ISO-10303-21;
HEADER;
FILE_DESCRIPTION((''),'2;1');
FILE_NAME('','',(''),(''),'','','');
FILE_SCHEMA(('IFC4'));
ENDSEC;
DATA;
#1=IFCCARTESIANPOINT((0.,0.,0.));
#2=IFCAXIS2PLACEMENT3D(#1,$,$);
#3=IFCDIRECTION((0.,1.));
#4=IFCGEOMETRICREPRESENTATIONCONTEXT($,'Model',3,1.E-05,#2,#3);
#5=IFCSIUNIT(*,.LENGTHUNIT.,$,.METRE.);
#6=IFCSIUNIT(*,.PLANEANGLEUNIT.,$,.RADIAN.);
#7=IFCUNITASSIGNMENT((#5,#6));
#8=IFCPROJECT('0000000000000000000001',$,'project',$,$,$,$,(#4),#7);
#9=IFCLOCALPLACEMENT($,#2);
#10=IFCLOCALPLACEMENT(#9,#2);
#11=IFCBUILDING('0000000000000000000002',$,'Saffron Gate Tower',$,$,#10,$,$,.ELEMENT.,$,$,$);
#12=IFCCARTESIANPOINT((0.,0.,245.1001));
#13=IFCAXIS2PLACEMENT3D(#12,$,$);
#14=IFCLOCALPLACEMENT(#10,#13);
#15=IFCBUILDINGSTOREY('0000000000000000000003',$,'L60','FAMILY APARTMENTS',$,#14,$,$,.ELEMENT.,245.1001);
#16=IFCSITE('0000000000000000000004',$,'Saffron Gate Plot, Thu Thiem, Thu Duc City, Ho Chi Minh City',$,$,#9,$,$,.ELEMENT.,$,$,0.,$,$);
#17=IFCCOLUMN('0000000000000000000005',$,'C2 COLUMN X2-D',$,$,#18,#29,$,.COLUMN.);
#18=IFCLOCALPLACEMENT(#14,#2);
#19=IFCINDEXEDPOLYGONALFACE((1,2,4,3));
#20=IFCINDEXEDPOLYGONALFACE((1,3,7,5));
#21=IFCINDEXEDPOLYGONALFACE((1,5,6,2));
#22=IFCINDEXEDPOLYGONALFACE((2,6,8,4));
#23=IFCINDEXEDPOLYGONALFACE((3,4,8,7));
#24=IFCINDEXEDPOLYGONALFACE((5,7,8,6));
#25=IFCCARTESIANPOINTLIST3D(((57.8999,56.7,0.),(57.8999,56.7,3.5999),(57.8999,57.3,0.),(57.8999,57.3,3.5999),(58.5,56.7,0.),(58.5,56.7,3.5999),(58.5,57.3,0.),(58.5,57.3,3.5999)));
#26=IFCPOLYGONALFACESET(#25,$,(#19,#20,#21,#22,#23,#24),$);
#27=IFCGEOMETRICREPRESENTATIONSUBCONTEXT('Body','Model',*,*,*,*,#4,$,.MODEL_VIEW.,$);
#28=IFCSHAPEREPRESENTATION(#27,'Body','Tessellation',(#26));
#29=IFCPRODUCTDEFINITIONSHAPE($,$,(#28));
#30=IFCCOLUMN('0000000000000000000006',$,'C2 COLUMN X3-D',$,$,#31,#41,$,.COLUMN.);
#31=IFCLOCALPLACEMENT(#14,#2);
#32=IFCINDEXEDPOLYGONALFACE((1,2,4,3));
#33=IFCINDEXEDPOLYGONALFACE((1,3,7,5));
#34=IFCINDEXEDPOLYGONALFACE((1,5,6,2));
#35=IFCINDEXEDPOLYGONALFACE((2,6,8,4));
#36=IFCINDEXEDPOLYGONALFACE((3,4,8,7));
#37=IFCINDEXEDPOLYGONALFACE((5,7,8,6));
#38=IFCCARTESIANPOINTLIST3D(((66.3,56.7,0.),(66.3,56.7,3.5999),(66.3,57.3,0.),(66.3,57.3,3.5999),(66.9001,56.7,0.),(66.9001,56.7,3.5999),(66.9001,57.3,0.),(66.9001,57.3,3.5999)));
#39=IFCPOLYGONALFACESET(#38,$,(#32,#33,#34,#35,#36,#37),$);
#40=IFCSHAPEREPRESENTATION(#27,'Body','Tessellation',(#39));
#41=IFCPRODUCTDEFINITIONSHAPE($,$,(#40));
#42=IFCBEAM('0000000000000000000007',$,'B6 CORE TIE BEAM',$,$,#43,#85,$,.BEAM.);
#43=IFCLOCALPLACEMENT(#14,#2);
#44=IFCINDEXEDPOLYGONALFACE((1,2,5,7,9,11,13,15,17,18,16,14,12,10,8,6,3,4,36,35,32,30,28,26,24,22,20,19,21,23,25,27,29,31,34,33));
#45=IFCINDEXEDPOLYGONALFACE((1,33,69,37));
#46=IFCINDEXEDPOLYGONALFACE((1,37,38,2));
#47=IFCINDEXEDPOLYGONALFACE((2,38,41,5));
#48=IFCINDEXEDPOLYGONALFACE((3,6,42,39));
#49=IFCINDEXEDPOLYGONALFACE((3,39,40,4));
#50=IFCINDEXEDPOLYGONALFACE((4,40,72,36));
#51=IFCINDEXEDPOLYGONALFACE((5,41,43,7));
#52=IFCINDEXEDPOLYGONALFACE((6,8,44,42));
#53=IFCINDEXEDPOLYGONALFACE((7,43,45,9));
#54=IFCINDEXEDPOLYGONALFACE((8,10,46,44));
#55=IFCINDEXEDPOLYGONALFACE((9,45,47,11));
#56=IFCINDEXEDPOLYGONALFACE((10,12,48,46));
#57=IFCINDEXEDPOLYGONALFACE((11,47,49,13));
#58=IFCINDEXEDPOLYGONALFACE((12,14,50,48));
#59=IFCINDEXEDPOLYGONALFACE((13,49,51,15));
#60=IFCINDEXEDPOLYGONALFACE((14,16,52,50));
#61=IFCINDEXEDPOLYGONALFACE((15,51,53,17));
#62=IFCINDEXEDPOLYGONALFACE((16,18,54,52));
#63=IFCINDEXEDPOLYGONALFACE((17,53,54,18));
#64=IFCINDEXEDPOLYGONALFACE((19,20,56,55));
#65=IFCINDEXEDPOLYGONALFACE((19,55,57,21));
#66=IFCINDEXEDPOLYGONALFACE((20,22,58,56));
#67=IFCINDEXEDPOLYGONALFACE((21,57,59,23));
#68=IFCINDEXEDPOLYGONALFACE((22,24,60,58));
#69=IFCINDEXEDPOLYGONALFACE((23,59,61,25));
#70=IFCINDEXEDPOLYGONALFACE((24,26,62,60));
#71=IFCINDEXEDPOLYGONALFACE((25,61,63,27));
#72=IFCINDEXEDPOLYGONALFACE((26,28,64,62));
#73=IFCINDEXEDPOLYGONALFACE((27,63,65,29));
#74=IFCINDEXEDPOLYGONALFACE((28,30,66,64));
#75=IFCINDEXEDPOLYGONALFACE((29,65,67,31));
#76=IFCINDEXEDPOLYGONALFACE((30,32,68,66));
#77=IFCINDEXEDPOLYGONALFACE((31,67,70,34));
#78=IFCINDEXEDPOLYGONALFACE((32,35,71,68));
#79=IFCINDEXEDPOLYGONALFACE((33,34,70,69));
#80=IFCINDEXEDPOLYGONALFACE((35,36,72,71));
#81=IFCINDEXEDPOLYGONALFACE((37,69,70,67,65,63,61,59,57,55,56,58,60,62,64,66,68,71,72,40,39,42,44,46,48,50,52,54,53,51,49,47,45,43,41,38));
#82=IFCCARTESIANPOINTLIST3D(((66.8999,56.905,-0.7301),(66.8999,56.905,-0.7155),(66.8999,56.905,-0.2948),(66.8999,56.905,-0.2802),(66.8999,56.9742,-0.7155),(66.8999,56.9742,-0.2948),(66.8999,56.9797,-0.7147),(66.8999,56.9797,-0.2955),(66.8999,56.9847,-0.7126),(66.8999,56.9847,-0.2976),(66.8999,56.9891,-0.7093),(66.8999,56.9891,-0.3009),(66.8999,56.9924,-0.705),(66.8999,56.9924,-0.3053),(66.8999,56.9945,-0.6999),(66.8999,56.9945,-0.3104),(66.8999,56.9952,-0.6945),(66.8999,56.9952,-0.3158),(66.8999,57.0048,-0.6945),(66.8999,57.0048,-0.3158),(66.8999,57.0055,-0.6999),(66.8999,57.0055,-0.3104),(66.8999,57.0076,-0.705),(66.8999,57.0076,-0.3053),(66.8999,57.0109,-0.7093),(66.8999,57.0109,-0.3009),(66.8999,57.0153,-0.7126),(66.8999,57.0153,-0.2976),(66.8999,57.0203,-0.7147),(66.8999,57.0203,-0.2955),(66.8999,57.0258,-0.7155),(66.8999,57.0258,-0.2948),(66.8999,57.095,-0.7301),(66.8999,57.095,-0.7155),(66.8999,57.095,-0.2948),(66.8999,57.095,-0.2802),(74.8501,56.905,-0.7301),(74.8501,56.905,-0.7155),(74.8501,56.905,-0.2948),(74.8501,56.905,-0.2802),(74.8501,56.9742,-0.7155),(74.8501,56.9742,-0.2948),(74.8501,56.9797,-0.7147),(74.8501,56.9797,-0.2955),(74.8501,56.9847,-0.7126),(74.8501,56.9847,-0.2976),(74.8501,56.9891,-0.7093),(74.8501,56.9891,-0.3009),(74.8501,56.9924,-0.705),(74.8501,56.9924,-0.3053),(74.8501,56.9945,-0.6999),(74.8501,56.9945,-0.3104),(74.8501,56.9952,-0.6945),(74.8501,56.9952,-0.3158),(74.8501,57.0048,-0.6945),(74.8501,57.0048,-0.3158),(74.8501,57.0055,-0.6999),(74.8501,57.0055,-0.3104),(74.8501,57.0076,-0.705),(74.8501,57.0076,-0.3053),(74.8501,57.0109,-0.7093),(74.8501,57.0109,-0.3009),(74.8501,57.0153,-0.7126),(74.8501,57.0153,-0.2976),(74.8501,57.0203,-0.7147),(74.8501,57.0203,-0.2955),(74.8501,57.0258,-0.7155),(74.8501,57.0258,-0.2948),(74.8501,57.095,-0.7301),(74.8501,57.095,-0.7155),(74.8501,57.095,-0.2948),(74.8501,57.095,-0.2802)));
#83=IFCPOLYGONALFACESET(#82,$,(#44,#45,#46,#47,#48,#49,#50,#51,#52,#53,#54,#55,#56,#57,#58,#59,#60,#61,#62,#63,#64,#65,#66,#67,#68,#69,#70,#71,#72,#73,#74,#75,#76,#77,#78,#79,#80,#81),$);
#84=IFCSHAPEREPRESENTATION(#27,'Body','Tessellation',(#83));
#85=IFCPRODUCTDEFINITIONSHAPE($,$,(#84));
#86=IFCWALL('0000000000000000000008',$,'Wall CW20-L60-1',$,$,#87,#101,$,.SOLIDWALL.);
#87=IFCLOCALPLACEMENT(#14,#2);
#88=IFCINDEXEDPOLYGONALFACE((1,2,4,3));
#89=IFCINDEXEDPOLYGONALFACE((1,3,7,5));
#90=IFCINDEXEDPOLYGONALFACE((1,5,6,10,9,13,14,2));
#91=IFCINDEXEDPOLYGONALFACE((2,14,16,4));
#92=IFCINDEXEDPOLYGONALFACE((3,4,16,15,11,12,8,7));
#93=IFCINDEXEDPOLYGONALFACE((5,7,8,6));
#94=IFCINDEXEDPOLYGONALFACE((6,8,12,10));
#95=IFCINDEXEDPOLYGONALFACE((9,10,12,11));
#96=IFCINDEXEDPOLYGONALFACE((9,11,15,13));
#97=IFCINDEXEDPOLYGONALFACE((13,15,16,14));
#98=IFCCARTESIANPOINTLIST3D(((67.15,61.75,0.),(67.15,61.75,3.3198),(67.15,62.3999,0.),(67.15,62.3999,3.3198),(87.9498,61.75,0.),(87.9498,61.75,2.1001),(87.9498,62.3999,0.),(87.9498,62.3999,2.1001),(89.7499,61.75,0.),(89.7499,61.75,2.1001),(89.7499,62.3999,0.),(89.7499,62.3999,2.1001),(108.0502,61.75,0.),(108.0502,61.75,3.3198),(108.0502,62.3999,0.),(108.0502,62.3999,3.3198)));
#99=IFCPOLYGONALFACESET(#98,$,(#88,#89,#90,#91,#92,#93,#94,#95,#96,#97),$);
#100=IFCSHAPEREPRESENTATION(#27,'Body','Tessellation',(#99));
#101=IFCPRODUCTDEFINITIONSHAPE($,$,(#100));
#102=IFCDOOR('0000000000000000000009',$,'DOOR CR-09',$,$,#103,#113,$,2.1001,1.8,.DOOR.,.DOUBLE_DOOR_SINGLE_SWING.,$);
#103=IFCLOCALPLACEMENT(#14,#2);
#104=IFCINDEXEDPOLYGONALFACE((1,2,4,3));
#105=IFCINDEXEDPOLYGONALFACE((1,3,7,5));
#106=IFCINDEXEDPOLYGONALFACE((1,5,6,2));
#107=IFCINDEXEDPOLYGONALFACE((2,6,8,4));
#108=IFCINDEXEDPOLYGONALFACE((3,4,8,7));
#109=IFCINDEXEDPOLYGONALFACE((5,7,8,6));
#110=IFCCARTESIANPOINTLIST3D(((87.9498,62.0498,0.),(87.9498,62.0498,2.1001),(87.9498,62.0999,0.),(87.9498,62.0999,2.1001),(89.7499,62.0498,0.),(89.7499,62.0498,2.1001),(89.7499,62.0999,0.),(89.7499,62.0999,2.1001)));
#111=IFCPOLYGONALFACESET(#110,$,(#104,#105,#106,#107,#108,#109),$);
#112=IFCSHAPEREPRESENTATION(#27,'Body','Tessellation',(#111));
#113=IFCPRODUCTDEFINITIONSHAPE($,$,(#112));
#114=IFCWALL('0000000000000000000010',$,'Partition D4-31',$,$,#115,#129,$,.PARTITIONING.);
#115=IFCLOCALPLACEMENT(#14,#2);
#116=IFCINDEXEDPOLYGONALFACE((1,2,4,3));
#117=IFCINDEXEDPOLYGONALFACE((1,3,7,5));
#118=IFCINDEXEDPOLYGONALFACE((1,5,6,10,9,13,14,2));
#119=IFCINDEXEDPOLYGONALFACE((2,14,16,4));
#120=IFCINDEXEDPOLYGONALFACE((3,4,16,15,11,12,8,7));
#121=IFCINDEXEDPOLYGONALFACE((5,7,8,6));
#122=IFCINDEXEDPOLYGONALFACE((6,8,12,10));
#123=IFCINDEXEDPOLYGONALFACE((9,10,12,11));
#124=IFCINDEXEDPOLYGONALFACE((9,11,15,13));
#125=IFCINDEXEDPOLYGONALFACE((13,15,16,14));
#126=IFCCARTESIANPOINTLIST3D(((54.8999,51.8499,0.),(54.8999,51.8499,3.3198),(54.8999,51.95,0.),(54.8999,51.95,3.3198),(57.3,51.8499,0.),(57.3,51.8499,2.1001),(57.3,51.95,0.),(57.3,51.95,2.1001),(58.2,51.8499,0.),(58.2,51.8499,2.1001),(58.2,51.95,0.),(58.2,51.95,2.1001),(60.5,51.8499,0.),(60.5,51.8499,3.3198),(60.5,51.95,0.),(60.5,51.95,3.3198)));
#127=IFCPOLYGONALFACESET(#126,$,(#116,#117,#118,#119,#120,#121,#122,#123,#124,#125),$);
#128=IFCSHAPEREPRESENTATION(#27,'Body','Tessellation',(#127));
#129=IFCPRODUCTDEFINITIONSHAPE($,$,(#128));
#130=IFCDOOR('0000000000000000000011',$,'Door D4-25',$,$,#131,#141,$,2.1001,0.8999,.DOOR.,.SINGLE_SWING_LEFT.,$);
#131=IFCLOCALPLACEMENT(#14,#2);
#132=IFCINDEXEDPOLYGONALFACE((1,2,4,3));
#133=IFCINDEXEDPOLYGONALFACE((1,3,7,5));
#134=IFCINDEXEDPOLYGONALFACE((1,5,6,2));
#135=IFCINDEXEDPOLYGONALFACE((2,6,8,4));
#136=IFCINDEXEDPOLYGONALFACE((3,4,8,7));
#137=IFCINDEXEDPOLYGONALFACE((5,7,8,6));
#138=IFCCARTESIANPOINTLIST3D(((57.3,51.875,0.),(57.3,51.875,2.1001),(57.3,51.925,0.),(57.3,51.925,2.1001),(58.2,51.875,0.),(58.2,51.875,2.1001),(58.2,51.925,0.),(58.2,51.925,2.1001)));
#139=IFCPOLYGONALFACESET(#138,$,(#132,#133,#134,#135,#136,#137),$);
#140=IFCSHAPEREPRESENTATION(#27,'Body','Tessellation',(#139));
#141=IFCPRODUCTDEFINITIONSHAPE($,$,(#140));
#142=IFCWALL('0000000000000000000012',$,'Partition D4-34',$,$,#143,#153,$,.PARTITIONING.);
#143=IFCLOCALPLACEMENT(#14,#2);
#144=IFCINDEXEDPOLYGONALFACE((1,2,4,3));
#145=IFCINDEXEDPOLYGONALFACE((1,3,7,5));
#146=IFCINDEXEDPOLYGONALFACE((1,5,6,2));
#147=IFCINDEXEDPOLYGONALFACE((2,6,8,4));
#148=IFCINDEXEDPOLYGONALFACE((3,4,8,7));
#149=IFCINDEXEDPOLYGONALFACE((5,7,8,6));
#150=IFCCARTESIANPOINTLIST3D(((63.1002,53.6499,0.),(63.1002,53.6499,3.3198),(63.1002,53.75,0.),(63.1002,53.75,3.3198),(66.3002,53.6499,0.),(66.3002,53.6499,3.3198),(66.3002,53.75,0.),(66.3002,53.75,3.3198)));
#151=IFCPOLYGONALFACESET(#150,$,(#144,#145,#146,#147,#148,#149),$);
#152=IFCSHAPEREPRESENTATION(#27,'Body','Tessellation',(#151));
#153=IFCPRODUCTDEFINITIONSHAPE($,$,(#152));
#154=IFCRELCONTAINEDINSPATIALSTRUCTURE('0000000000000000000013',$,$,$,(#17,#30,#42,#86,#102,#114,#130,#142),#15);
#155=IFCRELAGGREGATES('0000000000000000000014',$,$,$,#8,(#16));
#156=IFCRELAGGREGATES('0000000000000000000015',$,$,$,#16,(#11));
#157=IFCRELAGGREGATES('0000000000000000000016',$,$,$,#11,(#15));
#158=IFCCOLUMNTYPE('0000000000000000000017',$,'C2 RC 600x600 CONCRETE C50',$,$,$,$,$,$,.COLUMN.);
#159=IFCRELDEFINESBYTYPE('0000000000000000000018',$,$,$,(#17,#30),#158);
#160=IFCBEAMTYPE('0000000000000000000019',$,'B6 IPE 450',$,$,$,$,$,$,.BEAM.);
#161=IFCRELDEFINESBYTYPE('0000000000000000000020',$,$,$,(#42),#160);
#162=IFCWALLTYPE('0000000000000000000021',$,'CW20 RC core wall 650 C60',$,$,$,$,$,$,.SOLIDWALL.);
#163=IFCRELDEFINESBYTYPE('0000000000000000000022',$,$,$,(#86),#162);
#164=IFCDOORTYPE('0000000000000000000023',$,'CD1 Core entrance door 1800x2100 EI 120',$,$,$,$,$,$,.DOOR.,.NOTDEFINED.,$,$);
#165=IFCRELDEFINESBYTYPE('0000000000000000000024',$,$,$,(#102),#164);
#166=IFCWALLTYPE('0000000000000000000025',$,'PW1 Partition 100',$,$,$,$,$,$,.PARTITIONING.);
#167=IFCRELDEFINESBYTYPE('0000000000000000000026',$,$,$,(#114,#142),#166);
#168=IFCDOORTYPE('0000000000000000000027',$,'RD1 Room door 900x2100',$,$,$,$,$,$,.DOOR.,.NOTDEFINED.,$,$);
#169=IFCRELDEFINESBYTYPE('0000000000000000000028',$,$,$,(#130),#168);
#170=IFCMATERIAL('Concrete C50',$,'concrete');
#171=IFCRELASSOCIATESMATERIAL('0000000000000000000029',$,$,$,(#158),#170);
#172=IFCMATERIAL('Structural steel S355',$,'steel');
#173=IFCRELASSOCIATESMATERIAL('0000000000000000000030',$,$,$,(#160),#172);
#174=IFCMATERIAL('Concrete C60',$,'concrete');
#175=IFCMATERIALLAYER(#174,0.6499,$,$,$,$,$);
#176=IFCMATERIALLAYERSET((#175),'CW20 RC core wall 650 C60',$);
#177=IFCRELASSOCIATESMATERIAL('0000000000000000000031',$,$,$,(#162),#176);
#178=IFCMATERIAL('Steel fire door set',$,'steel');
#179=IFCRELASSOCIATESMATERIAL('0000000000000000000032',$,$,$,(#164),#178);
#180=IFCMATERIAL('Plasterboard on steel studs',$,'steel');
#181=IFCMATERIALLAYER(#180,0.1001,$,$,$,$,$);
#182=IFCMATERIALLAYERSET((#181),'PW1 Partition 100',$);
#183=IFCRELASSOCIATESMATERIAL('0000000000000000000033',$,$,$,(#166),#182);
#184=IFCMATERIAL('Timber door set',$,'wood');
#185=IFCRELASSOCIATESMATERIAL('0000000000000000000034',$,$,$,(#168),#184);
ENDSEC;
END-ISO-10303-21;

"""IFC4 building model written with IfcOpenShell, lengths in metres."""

from ifc_helpers import new_model, si_unit, direction, frame, frame_2d, origin, origin_2d, place, context, subcontext, project, spatial, rectangle, i_section, extrude, material, layer, layer_set, material_profile, profile_set, type_object, element, fill, save


model = new_model("IFC4")

# Units and contexts
model_context = context("Model", 3, precision=1e-05, world=origin(), true_north=direction((0.0, 1.0)))
body_context = subcontext(model_context, "Body", "Model", "MODEL_VIEW")
ifc_project = project(units=[si_unit("LENGTHUNIT", "METRE"), si_unit("PLANEANGLEUNIT", "RADIAN")], contexts=[model_context])

# Site, building, storey
site_placement = place(None, origin())
site = spatial("IfcSite", under=ifc_project, at=site_placement, Name="Saffron Gate Plot, Thu Thiem, Thu Duc City, Ho Chi Minh City", CompositionType="ELEMENT", RefElevation=0.0)
building_placement = place(site_placement, origin())
building = spatial("IfcBuilding", under=site, at=building_placement, Name="Saffron Gate Tower", CompositionType="ELEMENT")
storey_placement = place(building_placement, frame((0.0, 0.0, 245.1001)))
storey = spatial("IfcBuildingStorey", under=building, at=storey_placement, Name="L60", Description="FAMILY APARTMENTS", CompositionType="ELEMENT", Elevation=245.1001)

# Columns
ifc_material_1 = material(Name="Concrete C50", Category="concrete")
ifc_material_profile_1 = material_profile(ifc_material_1, rectangle(XDim=0.6001, YDim=0.6001, at=origin_2d()))
ifc_profile_set_1 = profile_set([ifc_material_profile_1], Name="Concrete C50")
column_type = type_object("IfcColumnType", Name="C2 RC 600x600 CONCRETE C50", PredefinedType="COLUMN", material=ifc_profile_set_1)
for number, where, z_axis, x_axis, name in (
    (1, (58.2, 57.0, 0.0), (0.0, 0.0, 1.0), (1.0, 0.0, 0.0), "C2 COLUMN X2-D"),
    (2, (66.6001, 57.0, 0.0), (0.0, 0.0, 1.0), (1.0, 0.0, 0.0), "C2 COLUMN X3-D"),
):
    element("IfcColumn", number, at=place(storey_placement, frame(where, z_axis=z_axis, x_axis=x_axis)), inside=storey, type_object=column_type, Name=name, PredefinedType="COLUMN", context=body_context, shape_type="SweptSolid", body=[
        extrude(rectangle(XDim=0.6001, YDim=0.6001, at=origin_2d()), origin(), (0.0, 0.0, 1.0), 3.5999),
    ])

# Beam
ifc_material_2 = material(Name="Structural steel S355", Category="steel")
ifc_material_profile_2 = material_profile(ifc_material_2, i_section(OverallWidth=0.1899, OverallDepth=0.45, WebThickness=0.0095, FlangeThickness=0.0146, FilletRadius=0.021, at=origin_2d()))
ifc_profile_set_2 = profile_set([ifc_material_profile_2], Name="Structural steel S355")
beam_type = type_object("IfcBeamType", Name="B6 IPE 450", PredefinedType="BEAM", material=ifc_profile_set_2)
beam_placement = place(storey_placement, frame((66.8999, 57.0, -0.5051), z_axis=(1.0, 0.0, 0.0), x_axis=(0.0, 1.0, 0.0)))
element("IfcBeam", 3, at=beam_placement, inside=storey, type_object=beam_type, Name="B6 CORE TIE BEAM", PredefinedType="BEAM", context=body_context, shape_type="SweptSolid", body=[
    extrude(i_section(OverallWidth=0.1899, OverallDepth=0.45, WebThickness=0.0095, FlangeThickness=0.0146, FilletRadius=0.021, at=origin_2d()), origin(), (0.0, 0.0, 1.0), 7.9502),
])

# Walls, openings, doors
ifc_material_3 = material(Name="Concrete C60", Category="concrete")
ifc_layer_1 = layer(ifc_material_3, 0.6499)
ifc_layer_set_1 = layer_set([ifc_layer_1], Name="CW20 RC core wall 650 C60")
wall_type_1 = type_object("IfcWallType", Name="CW20 RC core wall 650 C60", PredefinedType="SOLIDWALL", material=ifc_layer_set_1)
wall_1_placement = place(storey_placement, frame((67.1499, 62.075, 0.0), z_axis=(0.0, 0.0, 1.0), x_axis=(1.0, 0.0, 0.0)))
wall_1 = element("IfcWall", 4, at=wall_1_placement, inside=storey, type_object=wall_type_1, Name="Wall CW20-L60-1", PredefinedType="SOLIDWALL", context=body_context, shape_type="SweptSolid", body=[
    extrude(rectangle(XDim=40.9001, YDim=0.6499, at=frame_2d((20.4502, 0.0))), origin(), (0.0, 0.0, 1.0), 3.3198),
])
opening_1_placement = place(wall_1_placement, frame((20.8, 0.0, 0.0)))
opening_1 = element("IfcOpeningElement", 5, at=opening_1_placement, cuts=wall_1, PredefinedType="OPENING", context=body_context, shape_type="SweptSolid", body=[
    extrude(rectangle(XDim=1.8, YDim=2.1001, at=frame_2d((0.8999, 1.05))), frame((0.0, 0.335, 0.0), z_axis=(0.0, -1.0, 0.0), x_axis=(1.0, 0.0, 0.0)), (0.0, 0.0, 1.0), 0.6699),
])
ifc_material_4 = material(Name="Steel fire door set", Category="steel")
door_type_1 = type_object("IfcDoorType", Name="CD1 Core entrance door 1800x2100 EI 120", OperationType="NOTDEFINED", PredefinedType="DOOR", material=ifc_material_4)
door_1_placement = place(opening_1_placement, origin())
door_1 = element("IfcDoor", 6, at=door_1_placement, inside=storey, type_object=door_type_1, Name="DOOR CR-09", OperationType="DOUBLE_DOOR_SINGLE_SWING", OverallHeight=2.1001, OverallWidth=1.8, PredefinedType="DOOR", context=body_context, shape_type="SweptSolid", body=[
    extrude(rectangle(XDim=1.8, YDim=2.1001, at=frame_2d((0.8999, 1.05))), frame((0.0, 0.0249, 0.0), z_axis=(0.0, -1.0, 0.0), x_axis=(1.0, 0.0, 0.0)), (0.0, 0.0, 1.0), 0.05),
])
fill(opening_1, door_1)
ifc_material_5 = material(Name="Plasterboard on steel studs", Category="steel")
ifc_layer_2 = layer(ifc_material_5, 0.1001)
ifc_layer_set_2 = layer_set([ifc_layer_2], Name="PW1 Partition 100")
wall_type_2 = type_object("IfcWallType", Name="PW1 Partition 100", PredefinedType="PARTITIONING", material=ifc_layer_set_2)
wall_2_placement = place(storey_placement, frame((60.5, 51.8999, 0.0), z_axis=(0.0, 0.0, 1.0), x_axis=(-1.0, 0.0, 0.0)))
wall_2 = element("IfcWall", 7, at=wall_2_placement, inside=storey, type_object=wall_type_2, Name="Partition D4-31", PredefinedType="PARTITIONING", context=body_context, shape_type="SweptSolid", body=[
    extrude(rectangle(XDim=5.6001, YDim=0.1001, at=frame_2d((2.8, 0.0))), origin(), (0.0, 0.0, 1.0), 3.3198),
])
opening_2_placement = place(wall_2_placement, frame((2.3, 0.0, 0.0)))
opening_2 = element("IfcOpeningElement", 8, at=opening_2_placement, cuts=wall_2, PredefinedType="OPENING", context=body_context, shape_type="SweptSolid", body=[
    extrude(rectangle(XDim=0.8999, YDim=2.1001, at=frame_2d((0.45, 1.05))), frame((0.0, 0.0601, 0.0), z_axis=(0.0, -1.0, 0.0), x_axis=(1.0, 0.0, 0.0)), (0.0, 0.0, 1.0), 0.1201),
])
ifc_material_6 = material(Name="Timber door set", Category="wood")
door_type_2 = type_object("IfcDoorType", Name="RD1 Room door 900x2100", OperationType="NOTDEFINED", PredefinedType="DOOR", material=ifc_material_6)
door_2_placement = place(opening_2_placement, origin())
door_2 = element("IfcDoor", 9, at=door_2_placement, inside=storey, type_object=door_type_2, Name="Door D4-25", OperationType="SINGLE_SWING_LEFT", OverallHeight=2.1001, OverallWidth=0.8999, PredefinedType="DOOR", context=body_context, shape_type="SweptSolid", body=[
    extrude(rectangle(XDim=0.8999, YDim=2.1001, at=frame_2d((0.45, 1.05))), frame((0.0, 0.0249, 0.0), z_axis=(0.0, -1.0, 0.0), x_axis=(1.0, 0.0, 0.0)), (0.0, 0.0, 1.0), 0.05),
])
fill(opening_2, door_2)

# Wall
wall_3_placement = place(storey_placement, frame((63.1001, 53.7, 0.0), z_axis=(0.0, 0.0, 1.0), x_axis=(1.0, 0.0, 0.0)))
element("IfcWall", 10, at=wall_3_placement, inside=storey, type_object=wall_type_2, Name="Partition D4-34", PredefinedType="PARTITIONING", context=body_context, shape_type="SweptSolid", body=[
    extrude(rectangle(XDim=3.2, YDim=0.1001, at=frame_2d((1.6001, 0.0))), origin(), (0.0, 0.0, 1.0), 3.3198),
])

save(model, "model.ifc")
